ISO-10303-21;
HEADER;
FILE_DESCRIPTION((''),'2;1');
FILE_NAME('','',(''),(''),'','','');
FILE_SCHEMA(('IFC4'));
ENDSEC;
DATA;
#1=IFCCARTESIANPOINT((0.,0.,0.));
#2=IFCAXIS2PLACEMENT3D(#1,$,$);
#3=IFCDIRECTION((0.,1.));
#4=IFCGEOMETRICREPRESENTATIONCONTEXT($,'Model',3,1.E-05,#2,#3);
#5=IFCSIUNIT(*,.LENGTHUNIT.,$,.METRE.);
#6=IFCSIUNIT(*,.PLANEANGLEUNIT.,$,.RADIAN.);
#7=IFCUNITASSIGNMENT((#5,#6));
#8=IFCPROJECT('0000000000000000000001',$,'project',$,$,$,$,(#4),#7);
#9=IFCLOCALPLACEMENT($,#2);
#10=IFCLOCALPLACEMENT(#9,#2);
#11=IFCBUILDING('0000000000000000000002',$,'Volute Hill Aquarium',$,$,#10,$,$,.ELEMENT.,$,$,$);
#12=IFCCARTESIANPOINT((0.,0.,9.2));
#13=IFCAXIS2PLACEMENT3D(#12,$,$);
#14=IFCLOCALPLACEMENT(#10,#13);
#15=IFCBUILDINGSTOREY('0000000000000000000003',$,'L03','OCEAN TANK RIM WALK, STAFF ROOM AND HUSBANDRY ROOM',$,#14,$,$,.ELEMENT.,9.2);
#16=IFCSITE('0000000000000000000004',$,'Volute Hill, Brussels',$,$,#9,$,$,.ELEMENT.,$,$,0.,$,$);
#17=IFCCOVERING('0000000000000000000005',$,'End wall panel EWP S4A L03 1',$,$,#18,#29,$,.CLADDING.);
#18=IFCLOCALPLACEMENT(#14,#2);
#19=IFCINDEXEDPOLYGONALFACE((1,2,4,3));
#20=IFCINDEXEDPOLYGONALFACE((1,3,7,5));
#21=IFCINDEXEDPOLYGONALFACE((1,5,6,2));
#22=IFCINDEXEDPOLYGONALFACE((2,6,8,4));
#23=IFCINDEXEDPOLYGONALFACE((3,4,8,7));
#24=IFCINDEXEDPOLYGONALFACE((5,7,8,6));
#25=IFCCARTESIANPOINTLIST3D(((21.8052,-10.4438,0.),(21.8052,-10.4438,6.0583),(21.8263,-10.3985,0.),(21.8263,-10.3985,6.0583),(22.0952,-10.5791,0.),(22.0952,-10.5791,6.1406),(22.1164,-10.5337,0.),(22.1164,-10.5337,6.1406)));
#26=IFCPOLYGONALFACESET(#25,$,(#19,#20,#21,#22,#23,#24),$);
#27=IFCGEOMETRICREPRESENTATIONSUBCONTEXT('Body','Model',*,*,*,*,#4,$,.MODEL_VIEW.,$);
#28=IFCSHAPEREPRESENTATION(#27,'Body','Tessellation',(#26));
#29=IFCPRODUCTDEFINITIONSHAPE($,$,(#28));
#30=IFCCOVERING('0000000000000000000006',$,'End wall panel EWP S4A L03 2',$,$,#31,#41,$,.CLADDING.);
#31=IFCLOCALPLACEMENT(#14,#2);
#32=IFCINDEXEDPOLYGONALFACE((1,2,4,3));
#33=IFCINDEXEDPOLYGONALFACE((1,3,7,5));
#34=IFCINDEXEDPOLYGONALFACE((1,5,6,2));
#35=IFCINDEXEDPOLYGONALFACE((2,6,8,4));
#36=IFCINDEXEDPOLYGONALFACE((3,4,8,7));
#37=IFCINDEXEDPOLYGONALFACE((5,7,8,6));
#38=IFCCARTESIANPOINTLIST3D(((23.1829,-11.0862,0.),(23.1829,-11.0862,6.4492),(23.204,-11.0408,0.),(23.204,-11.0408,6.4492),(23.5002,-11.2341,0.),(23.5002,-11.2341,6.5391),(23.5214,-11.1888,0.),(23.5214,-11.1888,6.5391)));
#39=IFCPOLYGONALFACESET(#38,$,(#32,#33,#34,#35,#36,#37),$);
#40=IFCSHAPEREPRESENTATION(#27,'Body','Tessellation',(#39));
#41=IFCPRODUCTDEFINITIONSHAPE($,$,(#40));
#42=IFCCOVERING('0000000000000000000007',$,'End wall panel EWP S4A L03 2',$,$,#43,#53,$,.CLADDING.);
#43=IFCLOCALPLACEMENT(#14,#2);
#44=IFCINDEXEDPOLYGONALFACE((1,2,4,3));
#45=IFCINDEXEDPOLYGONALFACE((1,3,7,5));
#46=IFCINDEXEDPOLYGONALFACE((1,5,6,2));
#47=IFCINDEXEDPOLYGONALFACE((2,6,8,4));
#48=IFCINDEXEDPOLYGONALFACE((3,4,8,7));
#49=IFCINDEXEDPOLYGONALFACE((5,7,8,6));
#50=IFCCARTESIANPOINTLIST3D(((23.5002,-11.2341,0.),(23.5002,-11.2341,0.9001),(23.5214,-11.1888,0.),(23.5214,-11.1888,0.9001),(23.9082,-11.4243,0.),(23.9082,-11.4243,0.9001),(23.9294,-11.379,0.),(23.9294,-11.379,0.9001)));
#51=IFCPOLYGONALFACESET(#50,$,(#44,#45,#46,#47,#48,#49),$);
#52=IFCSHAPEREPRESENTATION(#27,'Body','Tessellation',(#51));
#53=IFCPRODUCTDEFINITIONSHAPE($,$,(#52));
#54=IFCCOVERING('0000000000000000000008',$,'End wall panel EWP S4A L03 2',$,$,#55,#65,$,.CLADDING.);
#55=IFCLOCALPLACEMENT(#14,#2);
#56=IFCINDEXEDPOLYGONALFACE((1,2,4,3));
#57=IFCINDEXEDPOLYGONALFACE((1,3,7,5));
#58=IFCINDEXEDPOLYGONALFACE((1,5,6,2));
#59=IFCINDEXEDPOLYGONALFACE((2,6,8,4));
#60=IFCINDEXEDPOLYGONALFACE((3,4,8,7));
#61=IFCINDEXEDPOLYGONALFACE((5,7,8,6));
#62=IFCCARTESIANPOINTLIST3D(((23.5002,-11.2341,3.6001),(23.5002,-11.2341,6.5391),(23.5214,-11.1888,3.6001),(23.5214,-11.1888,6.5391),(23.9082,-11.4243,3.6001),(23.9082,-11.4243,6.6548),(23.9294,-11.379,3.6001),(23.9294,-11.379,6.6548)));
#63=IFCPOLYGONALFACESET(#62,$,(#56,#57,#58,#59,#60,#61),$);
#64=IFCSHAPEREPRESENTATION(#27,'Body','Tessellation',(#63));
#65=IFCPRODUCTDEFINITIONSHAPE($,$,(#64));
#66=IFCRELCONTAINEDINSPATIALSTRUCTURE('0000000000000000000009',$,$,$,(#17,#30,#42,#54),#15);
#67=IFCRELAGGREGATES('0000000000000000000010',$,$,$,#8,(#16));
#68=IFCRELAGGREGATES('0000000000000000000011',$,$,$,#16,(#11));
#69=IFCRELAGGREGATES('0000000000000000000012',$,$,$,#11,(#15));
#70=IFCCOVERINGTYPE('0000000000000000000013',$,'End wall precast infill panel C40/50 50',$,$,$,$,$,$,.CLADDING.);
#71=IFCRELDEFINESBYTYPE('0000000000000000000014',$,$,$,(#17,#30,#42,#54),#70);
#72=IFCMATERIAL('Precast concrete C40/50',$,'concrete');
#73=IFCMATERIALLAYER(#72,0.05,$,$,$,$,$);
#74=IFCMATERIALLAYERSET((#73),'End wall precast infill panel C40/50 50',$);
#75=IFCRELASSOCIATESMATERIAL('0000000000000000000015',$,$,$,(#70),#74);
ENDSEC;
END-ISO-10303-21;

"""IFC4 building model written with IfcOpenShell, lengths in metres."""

from ifc_helpers import new_model, si_unit, direction, frame, origin, place, context, subcontext, project, spatial, polyline, outline, extrude, material, layer, layer_set, type_object, element, save


model = new_model("IFC4")

# Units and contexts
model_context = context("Model", 3, precision=1e-05, world=origin(), true_north=direction((0.0, 1.0)))
body_context = subcontext(model_context, "Body", "Model", "MODEL_VIEW")
ifc_project = project(units=[si_unit("LENGTHUNIT", "METRE"), si_unit("PLANEANGLEUNIT", "RADIAN")], contexts=[model_context])

# Site, building, storey
site_placement = place(None, origin())
site = spatial("IfcSite", under=ifc_project, at=site_placement, Name="Volute Hill, Brussels", CompositionType="ELEMENT", RefElevation=0.0)
building_placement = place(site_placement, origin())
building = spatial("IfcBuilding", under=site, at=building_placement, Name="Volute Hill Aquarium", CompositionType="ELEMENT")
storey_placement = place(building_placement, frame((0.0, 0.0, 9.2)))
storey = spatial("IfcBuildingStorey", under=building, at=storey_placement, Name="L03", Description="OCEAN TANK RIM WALK, STAFF ROOM AND HUSBANDRY ROOM", CompositionType="ELEMENT", Elevation=9.2)

# Coverings
ifc_material_1 = material(Name="Precast concrete C40/50", Category="concrete")
ifc_layer_1 = layer(ifc_material_1, 0.05)
ifc_layer_set_1 = layer_set([ifc_layer_1], Name="End wall precast infill panel C40/50 50")
covering_type_1 = type_object("IfcCoveringType", Name="End wall precast infill panel C40/50 50", PredefinedType="CLADDING", material=ifc_layer_set_1)
covering_1_placement = place(storey_placement, frame((21.8052, -10.4438, 0.0), z_axis=(-0.422635, -0.9063, 0.0), x_axis=(0.9063, -0.422635, 0.0)))
element("IfcCovering", 1, at=covering_1_placement, inside=storey, type_object=covering_type_1, Name="End wall panel EWP S4A L03 1", PredefinedType="CLADDING", context=body_context, shape_type="SweptSolid", body=[
    extrude(outline(polyline([(0.0, 0.0), (0.32, 0.0), (0.32, 6.1406), (0.0, 6.0583), (0.0, 0.0)])), origin(), (0.0, 0.0, -1.0), 0.05),
])
covering_2_placement = place(storey_placement, frame((23.1829, -11.0862, 0.0), z_axis=(-0.422504, -0.906361, 0.0), x_axis=(0.906361, -0.422504, 0.0)))
element("IfcCovering", 2, at=covering_2_placement, inside=storey, type_object=covering_type_1, Name="End wall panel EWP S4A L03 2", PredefinedType="CLADDING", context=body_context, shape_type="SweptSolid", body=[
    extrude(outline(polyline([(0.0, 0.0), (0.3502, 0.0), (0.3502, 6.5391), (0.0, 6.4492), (0.0, 0.0)])), origin(), (0.0, 0.0, -1.0), 0.05),
])
covering_3_placement = place(storey_placement, frame((23.5002, -11.2341, 0.0), z_axis=(-0.422529, -0.906349, 0.0), x_axis=(0.906349, -0.422529, 0.0)))
element("IfcCovering", 3, at=covering_3_placement, inside=storey, type_object=covering_type_1, Name="End wall panel EWP S4A L03 2", PredefinedType="CLADDING", context=body_context, shape_type="SweptSolid", body=[
    extrude(outline(polyline([(0.0, 0.0), (0.4501, 0.0), (0.4501, 0.9001), (0.0, 0.9001), (0.0, 0.0)])), origin(), (0.0, 0.0, -1.0), 0.05),
])
covering_4_placement = place(storey_placement, frame((23.5002, -11.2341, 3.6001), z_axis=(-0.422529, -0.906349, 0.0), x_axis=(0.906349, -0.422529, 0.0)))
element("IfcCovering", 4, at=covering_4_placement, inside=storey, type_object=covering_type_1, Name="End wall panel EWP S4A L03 2", PredefinedType="CLADDING", context=body_context, shape_type="SweptSolid", body=[
    extrude(outline(polyline([(0.0, 0.0), (0.4501, 0.0), (0.4501, 3.0547), (0.0, 2.939), (0.0, 0.0)])), origin(), (0.0, 0.0, -1.0), 0.05),
])

save(model, "model.ifc")
